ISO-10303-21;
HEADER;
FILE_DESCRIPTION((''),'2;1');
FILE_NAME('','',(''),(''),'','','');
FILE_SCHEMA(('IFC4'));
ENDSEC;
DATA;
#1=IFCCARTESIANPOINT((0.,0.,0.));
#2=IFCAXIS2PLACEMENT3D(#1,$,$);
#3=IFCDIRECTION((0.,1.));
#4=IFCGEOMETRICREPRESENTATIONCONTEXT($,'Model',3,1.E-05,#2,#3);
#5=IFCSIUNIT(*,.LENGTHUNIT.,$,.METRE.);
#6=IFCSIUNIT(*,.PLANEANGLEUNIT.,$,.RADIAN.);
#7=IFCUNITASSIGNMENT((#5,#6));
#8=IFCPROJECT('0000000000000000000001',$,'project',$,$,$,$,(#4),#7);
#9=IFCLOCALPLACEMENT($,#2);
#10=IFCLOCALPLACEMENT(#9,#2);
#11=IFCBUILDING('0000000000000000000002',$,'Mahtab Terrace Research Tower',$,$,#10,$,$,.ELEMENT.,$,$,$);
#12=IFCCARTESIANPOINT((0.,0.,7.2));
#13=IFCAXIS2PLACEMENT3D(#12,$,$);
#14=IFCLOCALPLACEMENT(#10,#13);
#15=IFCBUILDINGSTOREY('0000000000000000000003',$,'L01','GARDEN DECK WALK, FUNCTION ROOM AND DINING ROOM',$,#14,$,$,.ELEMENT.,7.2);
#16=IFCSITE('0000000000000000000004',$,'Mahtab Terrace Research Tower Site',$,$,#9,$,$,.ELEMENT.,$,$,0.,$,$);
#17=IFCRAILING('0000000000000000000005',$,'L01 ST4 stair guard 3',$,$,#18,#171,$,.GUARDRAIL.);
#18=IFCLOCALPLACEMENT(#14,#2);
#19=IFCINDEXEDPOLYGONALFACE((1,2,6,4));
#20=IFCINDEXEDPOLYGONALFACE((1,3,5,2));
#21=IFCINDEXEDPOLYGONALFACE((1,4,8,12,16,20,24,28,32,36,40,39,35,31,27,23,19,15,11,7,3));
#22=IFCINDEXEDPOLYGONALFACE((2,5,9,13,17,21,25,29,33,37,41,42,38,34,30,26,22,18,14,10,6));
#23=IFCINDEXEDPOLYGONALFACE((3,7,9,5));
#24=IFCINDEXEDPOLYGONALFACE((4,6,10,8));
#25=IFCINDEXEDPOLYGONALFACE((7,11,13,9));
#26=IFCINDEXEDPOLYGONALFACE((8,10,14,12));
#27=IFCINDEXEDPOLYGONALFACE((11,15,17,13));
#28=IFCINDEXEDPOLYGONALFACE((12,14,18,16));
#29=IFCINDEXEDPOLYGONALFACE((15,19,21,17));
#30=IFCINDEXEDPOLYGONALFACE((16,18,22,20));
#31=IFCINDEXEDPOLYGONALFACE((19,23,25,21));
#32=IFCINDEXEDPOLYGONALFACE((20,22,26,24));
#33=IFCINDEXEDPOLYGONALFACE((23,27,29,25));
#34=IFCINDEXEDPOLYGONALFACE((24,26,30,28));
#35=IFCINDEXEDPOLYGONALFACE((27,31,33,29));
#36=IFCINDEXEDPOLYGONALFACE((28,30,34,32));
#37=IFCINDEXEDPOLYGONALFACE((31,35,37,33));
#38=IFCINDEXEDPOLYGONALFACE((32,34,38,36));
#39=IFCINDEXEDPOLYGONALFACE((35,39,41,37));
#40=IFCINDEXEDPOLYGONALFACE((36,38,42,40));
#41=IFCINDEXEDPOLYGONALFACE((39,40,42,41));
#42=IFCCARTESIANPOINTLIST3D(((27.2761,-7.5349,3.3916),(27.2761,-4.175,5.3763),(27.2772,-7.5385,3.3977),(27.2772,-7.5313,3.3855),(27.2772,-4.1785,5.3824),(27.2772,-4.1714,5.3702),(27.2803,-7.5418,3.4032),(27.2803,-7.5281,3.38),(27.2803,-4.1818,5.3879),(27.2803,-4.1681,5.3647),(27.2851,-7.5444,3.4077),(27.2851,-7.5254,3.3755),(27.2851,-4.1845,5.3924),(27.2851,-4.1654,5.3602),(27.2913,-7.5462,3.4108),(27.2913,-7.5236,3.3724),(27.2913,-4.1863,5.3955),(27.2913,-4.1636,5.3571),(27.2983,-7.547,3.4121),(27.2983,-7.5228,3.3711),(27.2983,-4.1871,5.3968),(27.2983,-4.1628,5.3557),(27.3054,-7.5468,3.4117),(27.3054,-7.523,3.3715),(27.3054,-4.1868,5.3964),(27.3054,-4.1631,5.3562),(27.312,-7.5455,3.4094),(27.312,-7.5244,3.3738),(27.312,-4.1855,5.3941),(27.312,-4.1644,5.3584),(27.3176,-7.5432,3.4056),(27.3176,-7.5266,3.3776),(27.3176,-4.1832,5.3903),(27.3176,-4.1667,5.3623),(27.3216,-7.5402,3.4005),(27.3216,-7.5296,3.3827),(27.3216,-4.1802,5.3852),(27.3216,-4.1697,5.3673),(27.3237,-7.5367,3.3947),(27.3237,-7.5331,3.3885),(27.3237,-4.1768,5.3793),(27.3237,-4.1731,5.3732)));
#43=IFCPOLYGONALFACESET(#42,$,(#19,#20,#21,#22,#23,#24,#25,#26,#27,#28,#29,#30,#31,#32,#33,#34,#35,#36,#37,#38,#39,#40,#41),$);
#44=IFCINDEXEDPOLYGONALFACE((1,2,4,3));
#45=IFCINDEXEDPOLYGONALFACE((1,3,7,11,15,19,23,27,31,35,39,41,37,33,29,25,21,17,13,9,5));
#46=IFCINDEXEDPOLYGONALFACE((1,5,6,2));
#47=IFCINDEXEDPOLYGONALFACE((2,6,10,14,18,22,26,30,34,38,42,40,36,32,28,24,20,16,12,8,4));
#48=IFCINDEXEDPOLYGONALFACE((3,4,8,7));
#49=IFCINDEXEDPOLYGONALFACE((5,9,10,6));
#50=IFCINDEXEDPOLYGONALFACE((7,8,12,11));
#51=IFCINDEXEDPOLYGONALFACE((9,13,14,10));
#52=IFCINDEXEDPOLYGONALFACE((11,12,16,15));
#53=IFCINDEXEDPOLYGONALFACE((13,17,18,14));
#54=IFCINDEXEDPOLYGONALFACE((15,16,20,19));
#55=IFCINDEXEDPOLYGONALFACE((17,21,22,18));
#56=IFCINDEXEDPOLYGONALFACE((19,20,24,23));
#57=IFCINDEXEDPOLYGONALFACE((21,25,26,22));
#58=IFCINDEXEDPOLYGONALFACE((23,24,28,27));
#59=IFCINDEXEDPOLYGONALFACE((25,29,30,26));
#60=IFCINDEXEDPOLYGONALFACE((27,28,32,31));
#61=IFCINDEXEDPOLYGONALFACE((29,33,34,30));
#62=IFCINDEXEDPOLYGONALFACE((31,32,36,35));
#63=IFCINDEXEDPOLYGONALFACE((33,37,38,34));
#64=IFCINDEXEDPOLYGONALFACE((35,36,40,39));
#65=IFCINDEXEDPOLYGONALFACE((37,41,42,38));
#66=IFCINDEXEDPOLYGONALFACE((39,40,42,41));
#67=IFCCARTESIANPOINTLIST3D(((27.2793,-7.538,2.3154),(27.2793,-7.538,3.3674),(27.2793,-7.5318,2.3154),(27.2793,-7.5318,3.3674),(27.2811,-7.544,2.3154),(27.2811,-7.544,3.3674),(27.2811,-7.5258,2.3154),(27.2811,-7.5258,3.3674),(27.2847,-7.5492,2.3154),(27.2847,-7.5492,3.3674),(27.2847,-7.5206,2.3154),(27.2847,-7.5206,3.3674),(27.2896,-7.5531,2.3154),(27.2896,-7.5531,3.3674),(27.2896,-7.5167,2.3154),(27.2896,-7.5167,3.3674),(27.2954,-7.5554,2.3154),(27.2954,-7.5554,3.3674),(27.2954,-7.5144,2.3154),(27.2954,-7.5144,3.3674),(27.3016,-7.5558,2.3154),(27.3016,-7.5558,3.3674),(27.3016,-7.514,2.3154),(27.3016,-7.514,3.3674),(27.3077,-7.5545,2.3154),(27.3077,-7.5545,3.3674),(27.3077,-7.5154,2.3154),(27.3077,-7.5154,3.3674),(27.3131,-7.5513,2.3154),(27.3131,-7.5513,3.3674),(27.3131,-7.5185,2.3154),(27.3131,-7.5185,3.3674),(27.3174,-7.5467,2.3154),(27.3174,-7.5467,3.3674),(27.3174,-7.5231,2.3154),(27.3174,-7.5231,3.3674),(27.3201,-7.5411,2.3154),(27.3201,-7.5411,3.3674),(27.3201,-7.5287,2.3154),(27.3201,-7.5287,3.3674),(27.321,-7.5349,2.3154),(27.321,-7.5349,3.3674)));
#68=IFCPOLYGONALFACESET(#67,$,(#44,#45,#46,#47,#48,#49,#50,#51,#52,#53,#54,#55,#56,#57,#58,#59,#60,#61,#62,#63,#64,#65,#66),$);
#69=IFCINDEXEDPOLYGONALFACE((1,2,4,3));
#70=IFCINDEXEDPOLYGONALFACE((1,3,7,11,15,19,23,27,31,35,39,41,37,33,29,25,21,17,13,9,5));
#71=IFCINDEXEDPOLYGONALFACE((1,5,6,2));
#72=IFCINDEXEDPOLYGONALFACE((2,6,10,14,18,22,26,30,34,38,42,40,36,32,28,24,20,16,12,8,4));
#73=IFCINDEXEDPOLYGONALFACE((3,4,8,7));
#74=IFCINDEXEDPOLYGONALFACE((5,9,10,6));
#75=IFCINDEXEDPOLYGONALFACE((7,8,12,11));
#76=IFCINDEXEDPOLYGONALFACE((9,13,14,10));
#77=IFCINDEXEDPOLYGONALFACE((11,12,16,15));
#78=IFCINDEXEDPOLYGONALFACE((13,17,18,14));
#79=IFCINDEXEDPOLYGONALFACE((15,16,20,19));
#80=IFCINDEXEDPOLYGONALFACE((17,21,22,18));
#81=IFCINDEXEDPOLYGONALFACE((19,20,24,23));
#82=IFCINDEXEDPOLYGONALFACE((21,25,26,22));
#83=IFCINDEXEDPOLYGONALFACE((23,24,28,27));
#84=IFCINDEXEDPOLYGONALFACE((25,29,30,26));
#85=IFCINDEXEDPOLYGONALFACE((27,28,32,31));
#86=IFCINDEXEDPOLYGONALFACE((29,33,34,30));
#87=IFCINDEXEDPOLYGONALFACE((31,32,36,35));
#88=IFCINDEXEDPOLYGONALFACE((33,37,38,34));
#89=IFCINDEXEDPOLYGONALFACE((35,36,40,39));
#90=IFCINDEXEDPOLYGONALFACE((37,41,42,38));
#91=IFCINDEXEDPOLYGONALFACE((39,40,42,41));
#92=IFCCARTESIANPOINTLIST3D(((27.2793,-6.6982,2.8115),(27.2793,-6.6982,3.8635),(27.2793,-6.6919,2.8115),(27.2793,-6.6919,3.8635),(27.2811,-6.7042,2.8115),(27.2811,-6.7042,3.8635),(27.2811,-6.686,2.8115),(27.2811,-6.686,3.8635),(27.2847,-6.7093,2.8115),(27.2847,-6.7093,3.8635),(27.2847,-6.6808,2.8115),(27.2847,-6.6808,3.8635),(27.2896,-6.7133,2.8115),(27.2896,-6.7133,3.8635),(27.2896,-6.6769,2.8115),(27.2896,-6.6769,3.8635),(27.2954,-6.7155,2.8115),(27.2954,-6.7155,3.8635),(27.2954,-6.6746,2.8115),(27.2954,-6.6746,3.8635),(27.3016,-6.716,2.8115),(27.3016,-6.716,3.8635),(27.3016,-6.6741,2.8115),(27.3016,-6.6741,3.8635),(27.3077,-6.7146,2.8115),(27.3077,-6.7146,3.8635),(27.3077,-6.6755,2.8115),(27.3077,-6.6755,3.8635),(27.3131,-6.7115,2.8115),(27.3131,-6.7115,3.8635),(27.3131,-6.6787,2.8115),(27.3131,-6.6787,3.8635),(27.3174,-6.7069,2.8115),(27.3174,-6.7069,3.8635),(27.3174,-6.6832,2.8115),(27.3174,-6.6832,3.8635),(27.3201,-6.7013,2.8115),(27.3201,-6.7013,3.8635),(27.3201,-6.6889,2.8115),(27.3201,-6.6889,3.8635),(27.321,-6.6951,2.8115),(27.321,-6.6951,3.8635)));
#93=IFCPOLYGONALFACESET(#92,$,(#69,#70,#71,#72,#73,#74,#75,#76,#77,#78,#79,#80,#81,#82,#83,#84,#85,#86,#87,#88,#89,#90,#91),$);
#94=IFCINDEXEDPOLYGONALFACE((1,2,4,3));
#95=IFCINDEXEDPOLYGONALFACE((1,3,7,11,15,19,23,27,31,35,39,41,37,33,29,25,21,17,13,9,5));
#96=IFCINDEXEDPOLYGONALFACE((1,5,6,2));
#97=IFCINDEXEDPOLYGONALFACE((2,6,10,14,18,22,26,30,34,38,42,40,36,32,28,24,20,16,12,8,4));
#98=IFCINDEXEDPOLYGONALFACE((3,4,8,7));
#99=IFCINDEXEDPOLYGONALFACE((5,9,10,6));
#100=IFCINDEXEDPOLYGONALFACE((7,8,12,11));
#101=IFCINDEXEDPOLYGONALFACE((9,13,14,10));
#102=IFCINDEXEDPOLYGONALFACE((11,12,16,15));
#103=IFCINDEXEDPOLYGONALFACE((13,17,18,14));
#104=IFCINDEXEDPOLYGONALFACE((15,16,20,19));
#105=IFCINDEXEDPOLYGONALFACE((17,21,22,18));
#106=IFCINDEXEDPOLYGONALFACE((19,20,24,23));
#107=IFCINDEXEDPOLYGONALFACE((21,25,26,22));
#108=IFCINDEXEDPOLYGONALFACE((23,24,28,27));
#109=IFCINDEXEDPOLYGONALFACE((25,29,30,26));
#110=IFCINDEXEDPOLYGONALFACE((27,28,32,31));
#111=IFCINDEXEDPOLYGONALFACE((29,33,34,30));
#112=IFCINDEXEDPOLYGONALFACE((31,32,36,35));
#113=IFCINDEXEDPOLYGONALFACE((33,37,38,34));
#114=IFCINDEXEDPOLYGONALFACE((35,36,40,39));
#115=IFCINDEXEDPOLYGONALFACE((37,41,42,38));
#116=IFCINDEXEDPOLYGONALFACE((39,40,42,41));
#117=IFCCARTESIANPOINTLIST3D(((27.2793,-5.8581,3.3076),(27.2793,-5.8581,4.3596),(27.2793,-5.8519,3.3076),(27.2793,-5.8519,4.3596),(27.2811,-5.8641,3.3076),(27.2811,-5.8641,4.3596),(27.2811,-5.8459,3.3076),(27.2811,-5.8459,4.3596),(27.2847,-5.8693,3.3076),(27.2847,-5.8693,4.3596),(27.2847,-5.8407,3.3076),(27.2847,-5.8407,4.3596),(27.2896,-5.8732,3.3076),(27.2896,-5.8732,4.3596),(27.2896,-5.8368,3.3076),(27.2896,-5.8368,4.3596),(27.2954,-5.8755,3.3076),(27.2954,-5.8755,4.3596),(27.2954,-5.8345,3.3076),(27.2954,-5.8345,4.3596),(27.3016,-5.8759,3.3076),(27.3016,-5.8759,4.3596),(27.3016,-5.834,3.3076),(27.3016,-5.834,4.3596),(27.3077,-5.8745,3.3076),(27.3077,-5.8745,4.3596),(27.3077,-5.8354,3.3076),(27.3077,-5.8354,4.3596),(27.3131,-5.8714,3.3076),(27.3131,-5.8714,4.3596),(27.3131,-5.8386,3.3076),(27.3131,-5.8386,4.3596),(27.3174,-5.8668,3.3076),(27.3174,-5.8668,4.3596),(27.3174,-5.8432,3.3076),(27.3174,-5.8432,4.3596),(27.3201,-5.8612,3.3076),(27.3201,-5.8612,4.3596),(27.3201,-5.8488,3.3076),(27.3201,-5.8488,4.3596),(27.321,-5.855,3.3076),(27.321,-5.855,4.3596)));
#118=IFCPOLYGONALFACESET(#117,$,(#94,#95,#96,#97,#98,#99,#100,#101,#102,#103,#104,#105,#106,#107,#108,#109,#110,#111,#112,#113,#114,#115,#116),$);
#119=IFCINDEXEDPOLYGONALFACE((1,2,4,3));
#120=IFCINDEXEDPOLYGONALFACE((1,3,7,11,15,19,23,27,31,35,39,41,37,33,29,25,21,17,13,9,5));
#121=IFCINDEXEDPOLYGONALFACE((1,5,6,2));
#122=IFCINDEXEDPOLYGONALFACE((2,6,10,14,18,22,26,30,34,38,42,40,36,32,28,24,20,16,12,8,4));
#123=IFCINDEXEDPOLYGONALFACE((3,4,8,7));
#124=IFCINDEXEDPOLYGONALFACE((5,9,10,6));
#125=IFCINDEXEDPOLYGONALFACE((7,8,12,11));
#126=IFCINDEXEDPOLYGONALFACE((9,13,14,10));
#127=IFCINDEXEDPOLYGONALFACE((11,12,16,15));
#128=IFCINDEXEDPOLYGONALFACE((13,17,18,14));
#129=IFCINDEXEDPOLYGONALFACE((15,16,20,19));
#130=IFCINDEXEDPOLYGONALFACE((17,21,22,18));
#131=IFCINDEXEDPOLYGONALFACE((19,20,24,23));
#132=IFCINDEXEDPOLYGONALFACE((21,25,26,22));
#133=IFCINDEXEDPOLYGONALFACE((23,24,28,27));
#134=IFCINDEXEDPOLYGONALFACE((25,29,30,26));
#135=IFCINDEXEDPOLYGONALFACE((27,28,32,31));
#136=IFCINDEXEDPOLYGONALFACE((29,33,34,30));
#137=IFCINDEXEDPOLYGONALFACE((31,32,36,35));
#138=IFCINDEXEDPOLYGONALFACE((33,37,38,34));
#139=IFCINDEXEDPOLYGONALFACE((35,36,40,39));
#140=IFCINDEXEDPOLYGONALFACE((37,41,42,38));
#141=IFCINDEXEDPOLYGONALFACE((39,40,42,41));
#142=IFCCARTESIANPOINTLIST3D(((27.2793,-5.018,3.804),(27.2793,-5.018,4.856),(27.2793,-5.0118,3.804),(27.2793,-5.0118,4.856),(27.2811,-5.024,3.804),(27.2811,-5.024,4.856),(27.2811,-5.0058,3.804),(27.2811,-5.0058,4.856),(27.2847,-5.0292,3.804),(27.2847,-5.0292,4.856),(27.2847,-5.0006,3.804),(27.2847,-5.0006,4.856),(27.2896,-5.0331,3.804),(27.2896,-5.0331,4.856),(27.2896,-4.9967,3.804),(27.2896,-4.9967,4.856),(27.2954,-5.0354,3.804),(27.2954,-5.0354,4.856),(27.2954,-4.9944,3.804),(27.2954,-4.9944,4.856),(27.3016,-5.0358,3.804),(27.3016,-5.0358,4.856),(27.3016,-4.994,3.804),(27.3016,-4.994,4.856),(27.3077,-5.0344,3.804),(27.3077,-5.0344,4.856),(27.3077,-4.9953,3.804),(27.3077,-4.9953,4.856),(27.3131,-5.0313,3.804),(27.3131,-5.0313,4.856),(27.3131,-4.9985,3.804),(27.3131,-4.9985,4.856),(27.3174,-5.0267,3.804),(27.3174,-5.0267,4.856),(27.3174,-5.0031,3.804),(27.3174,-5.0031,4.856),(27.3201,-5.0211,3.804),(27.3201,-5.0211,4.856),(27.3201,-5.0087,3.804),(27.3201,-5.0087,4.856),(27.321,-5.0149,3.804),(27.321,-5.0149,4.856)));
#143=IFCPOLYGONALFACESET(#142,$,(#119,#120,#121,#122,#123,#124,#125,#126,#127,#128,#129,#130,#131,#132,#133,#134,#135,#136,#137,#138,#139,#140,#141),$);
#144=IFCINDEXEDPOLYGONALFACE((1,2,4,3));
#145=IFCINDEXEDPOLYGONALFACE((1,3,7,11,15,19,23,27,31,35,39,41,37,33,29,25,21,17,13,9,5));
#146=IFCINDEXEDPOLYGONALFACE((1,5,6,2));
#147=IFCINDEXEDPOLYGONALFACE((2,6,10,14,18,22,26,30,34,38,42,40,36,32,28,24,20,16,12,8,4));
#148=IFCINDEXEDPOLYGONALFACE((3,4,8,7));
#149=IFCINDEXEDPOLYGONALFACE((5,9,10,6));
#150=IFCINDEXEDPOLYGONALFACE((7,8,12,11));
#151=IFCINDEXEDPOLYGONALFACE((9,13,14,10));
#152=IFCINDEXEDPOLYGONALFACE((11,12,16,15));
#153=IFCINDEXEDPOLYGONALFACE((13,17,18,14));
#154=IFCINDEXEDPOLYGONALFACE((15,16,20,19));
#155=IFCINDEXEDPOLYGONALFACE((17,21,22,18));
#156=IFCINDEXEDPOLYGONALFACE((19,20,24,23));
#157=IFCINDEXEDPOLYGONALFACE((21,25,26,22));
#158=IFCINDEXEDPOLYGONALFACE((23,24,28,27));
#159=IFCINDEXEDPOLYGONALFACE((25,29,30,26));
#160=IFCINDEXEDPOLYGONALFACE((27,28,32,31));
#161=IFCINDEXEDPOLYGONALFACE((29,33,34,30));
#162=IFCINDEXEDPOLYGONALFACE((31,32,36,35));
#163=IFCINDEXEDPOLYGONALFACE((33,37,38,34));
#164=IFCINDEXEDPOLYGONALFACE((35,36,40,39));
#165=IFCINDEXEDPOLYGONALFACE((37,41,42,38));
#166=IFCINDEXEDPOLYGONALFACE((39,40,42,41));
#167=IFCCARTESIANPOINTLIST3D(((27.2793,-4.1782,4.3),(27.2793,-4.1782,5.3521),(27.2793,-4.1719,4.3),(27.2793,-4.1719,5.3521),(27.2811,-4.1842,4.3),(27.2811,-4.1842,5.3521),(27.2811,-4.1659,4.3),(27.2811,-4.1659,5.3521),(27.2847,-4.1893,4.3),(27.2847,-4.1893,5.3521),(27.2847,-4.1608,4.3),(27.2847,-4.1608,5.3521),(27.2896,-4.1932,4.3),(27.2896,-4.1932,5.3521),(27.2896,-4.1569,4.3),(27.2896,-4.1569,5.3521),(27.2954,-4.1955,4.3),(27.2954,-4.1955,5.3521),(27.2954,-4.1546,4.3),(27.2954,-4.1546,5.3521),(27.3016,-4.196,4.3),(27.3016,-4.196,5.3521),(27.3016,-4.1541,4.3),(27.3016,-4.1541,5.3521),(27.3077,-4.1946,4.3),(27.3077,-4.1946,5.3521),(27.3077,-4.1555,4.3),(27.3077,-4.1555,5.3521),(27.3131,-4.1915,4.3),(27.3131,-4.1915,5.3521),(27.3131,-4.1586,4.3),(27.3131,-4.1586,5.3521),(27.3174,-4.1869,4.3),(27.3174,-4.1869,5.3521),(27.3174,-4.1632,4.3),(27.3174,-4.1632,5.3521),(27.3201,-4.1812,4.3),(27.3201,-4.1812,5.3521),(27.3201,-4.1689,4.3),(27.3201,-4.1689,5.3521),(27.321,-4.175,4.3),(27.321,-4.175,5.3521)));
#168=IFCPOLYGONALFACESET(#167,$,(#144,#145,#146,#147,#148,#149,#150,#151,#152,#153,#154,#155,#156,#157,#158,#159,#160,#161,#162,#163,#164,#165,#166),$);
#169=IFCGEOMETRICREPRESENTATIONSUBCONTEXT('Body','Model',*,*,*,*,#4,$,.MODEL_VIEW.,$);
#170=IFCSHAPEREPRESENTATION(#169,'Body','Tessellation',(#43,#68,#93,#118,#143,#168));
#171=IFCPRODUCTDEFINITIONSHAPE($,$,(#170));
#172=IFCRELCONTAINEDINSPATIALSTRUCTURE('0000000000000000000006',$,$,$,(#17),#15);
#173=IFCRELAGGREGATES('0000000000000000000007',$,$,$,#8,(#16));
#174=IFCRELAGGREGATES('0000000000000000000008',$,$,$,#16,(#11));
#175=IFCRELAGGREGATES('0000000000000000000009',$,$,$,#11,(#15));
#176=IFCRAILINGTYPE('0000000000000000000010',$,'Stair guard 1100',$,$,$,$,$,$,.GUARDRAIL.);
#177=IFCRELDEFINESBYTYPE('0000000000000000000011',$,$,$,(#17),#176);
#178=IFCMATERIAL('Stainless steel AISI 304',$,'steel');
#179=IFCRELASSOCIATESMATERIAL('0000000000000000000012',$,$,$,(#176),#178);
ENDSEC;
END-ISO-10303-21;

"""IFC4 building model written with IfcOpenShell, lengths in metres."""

from ifc_helpers import new_model, si_unit, direction, frame, origin, origin_2d, place, context, subcontext, project, spatial, circle, extrude, material, type_object, element, save


model = new_model("IFC4")

# Units and contexts
model_context = context("Model", 3, precision=1e-05, world=origin(), true_north=direction((0.0, 1.0)))
body_context = subcontext(model_context, "Body", "Model", "MODEL_VIEW")
ifc_project = project(units=[si_unit("LENGTHUNIT", "METRE"), si_unit("PLANEANGLEUNIT", "RADIAN")], contexts=[model_context])

# Site, building, storey
site_placement = place(None, origin())
site = spatial("IfcSite", under=ifc_project, at=site_placement, Name="Mahtab Terrace Research Tower Site", CompositionType="ELEMENT", RefElevation=0.0)
building_placement = place(site_placement, origin())
building = spatial("IfcBuilding", under=site, at=building_placement, Name="Mahtab Terrace Research Tower", CompositionType="ELEMENT")
storey_placement = place(building_placement, frame((0.0, 0.0, 7.2)))
storey = spatial("IfcBuildingStorey", under=building, at=storey_placement, Name="L01", Description="GARDEN DECK WALK, FUNCTION ROOM AND DINING ROOM", CompositionType="ELEMENT", Elevation=7.2)

# Railing
ifc_material_1 = material(Name="Stainless steel AISI 304", Category="steel")
railing_type_1 = type_object("IfcRailingType", Name="Stair guard 1100", PredefinedType="GUARDRAIL", material=ifc_material_1)
railing_1_placement = place(storey_placement, frame((27.3, -7.5349, 2.3154)))
element("IfcRailing", 1, at=railing_1_placement, inside=storey, type_object=railing_type_1, Name="L01 ST4 stair guard 3", PredefinedType="GUARDRAIL", context=body_context, shape_type="SweptSolid", body=[
    extrude(circle(Radius=0.0239, at=origin_2d()), frame((0.0, 0.0, 1.0762), z_axis=(0.0, 0.861011, 0.508586), x_axis=(-1.0, 0.0, 0.0)), (0.0, 0.0, 1.0), 3.9023),
    extrude(circle(Radius=0.021, at=origin_2d()), origin(), (0.0, 0.0, 1.0), 1.052),
    extrude(circle(Radius=0.021, at=origin_2d()), frame((0.0, 0.8398, 0.4961)), (0.0, 0.0, 1.0), 1.052),
    extrude(circle(Radius=0.021, at=origin_2d()), frame((0.0, 1.6799, 0.9922)), (0.0, 0.0, 1.0), 1.052),
    extrude(circle(Radius=0.021, at=origin_2d()), frame((0.0, 2.52, 1.4885)), (0.0, 0.0, 1.0), 1.052),
    extrude(circle(Radius=0.021, at=origin_2d()), frame((0.0, 3.3599, 1.9846)), (0.0, 0.0, 1.0), 1.052),
])

save(model, "model.ifc")
